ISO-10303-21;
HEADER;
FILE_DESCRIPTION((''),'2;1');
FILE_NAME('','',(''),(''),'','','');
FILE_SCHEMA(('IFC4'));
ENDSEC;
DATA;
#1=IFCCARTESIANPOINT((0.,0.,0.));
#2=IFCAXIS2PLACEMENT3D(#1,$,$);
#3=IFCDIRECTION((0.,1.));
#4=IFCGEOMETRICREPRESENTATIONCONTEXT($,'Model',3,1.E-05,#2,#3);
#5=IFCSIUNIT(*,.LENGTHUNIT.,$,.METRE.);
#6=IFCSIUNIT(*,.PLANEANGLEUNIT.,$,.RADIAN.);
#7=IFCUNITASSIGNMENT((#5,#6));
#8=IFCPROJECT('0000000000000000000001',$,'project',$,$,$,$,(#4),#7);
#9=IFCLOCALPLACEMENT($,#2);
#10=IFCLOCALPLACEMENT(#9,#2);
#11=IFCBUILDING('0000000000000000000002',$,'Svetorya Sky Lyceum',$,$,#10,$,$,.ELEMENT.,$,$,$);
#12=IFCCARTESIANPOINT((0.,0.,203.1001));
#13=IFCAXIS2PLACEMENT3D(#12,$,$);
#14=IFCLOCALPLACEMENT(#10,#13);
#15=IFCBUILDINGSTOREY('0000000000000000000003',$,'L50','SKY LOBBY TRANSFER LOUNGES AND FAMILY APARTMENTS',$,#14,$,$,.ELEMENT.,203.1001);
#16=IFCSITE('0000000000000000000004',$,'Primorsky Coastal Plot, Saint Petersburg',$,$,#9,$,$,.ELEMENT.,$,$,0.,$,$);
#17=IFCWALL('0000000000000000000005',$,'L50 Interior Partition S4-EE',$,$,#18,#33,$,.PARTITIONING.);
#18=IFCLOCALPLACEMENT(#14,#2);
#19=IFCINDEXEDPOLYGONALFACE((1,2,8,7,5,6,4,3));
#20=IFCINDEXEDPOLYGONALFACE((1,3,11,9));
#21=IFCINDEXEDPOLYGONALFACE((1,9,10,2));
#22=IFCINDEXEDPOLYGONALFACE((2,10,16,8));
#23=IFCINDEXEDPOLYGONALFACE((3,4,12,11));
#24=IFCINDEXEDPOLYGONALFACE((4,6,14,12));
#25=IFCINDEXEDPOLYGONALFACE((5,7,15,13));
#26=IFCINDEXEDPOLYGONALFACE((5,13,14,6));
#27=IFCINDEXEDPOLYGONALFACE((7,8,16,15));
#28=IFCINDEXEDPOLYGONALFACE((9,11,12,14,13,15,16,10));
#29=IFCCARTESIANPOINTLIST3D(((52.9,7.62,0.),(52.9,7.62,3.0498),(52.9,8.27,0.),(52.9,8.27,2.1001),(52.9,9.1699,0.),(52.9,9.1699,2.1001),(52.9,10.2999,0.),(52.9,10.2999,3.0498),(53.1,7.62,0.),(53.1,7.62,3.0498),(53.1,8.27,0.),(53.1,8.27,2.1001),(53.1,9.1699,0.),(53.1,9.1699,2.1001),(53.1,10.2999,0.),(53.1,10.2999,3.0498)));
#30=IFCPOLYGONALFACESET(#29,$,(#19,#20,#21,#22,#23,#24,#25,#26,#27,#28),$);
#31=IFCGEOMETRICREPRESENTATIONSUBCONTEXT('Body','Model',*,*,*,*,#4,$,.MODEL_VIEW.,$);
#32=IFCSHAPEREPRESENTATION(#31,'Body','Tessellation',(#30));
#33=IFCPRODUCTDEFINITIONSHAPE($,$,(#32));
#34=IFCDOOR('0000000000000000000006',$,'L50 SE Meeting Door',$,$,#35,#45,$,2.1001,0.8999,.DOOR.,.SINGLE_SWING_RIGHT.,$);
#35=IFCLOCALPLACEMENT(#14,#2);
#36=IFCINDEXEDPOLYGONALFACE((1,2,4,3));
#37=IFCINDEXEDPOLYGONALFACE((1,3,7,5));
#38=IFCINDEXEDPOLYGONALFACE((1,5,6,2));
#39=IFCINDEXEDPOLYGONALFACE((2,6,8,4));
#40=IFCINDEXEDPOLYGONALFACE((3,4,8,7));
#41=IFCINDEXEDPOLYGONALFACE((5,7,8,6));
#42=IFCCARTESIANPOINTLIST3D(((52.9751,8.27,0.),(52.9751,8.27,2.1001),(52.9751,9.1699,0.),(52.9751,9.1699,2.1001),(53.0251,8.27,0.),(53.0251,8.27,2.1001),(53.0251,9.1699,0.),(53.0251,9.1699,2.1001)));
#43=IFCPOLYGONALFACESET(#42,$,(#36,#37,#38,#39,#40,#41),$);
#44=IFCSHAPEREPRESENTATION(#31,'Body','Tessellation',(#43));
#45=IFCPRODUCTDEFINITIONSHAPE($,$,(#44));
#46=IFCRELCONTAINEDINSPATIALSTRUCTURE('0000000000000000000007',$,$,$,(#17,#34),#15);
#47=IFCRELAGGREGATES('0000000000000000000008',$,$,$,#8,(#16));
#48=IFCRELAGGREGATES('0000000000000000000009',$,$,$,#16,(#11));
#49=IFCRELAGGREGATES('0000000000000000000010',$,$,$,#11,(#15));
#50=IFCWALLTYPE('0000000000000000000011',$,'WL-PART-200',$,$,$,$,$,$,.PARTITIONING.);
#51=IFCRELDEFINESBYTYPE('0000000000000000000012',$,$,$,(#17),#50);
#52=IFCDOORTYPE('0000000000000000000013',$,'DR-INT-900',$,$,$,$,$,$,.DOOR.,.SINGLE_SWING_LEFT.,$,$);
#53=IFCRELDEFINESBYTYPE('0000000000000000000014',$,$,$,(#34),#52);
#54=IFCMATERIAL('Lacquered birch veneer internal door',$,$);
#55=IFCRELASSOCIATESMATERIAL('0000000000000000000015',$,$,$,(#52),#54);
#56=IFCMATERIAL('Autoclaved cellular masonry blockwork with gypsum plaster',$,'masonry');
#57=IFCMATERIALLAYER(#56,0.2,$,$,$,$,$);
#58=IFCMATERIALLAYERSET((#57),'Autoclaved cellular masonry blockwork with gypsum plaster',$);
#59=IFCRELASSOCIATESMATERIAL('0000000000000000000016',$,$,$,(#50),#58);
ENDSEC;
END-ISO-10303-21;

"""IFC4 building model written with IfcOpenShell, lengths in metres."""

from ifc_helpers import new_model, si_unit, direction, frame, frame_2d, origin, place, context, subcontext, project, spatial, rectangle, extrude, material, layer, layer_set, type_object, element, fill, save


model = new_model("IFC4")

# Units and contexts
model_context = context("Model", 3, precision=1e-05, world=origin(), true_north=direction((0.0, 1.0)))
body_context = subcontext(model_context, "Body", "Model", "MODEL_VIEW")
ifc_project = project(units=[si_unit("LENGTHUNIT", "METRE"), si_unit("PLANEANGLEUNIT", "RADIAN")], contexts=[model_context])

# Site, building, storey
site_placement = place(None, origin())
site = spatial("IfcSite", under=ifc_project, at=site_placement, Name="Primorsky Coastal Plot, Saint Petersburg", CompositionType="ELEMENT", RefElevation=0.0)
building_placement = place(site_placement, origin())
building = spatial("IfcBuilding", under=site, at=building_placement, Name="Svetorya Sky Lyceum", CompositionType="ELEMENT")
storey_placement = place(building_placement, frame((0.0, 0.0, 203.1001)))
storey = spatial("IfcBuildingStorey", under=building, at=storey_placement, Name="L50", Description="SKY LOBBY TRANSFER LOUNGES AND FAMILY APARTMENTS", CompositionType="ELEMENT", Elevation=203.1001)

# Shared definitions
ifc_material_1 = material(Name="Lacquered birch veneer internal door")
door_type_1 = type_object("IfcDoorType", Name="DR-INT-900", OperationType="SINGLE_SWING_LEFT", PredefinedType="DOOR", material=ifc_material_1)
ifc_material_2 = material(Name="Autoclaved cellular masonry blockwork with gypsum plaster", Category="masonry")
ifc_layer_1 = layer(ifc_material_2, 0.2)
ifc_layer_set_1 = layer_set([ifc_layer_1], Name="Autoclaved cellular masonry blockwork with gypsum plaster")
wall_type_1 = type_object("IfcWallType", Name="WL-PART-200", PredefinedType="PARTITIONING", material=ifc_layer_set_1)

# Wall, opening, door
wall_1_placement = place(storey_placement, frame((53.0, 7.6201, 0.0), z_axis=(0.0, 0.0, 1.0), x_axis=(0.0, 1.0, 0.0)))
wall_1 = element("IfcWall", 1, at=wall_1_placement, inside=storey, type_object=wall_type_1, Name="L50 Interior Partition S4-EE", PredefinedType="PARTITIONING", context=body_context, shape_type="SweptSolid", body=[
    extrude(rectangle(XDim=2.6799, YDim=0.2, at=frame_2d((1.3398, 0.0))), origin(), (0.0, 0.0, 1.0), 3.0498),
])
opening_1_placement = place(wall_1_placement, frame((0.6499, 0.0, 0.0)))
opening_1 = element("IfcOpeningElement", 2, at=opening_1_placement, cuts=wall_1, PredefinedType="OPENING", context=body_context, shape_type="SweptSolid", body=[
    extrude(rectangle(XDim=0.8999, YDim=2.1001, at=frame_2d((0.45, 1.05))), frame((0.0, 0.1099, 0.0), z_axis=(0.0, -1.0, 0.0), x_axis=(1.0, 0.0, 0.0)), (0.0, 0.0, 1.0), 0.22),
])
door_1_placement = place(opening_1_placement, origin())
door_1 = element("IfcDoor", 3, at=door_1_placement, inside=storey, type_object=door_type_1, Name="L50 SE Meeting Door", OperationType="SINGLE_SWING_RIGHT", OverallHeight=2.1001, OverallWidth=0.8999, PredefinedType="DOOR", context=body_context, shape_type="SweptSolid", body=[
    extrude(rectangle(XDim=0.8999, YDim=2.1001, at=frame_2d((0.45, 1.05))), frame((0.0, 0.0249, 0.0), z_axis=(0.0, -1.0, 0.0), x_axis=(1.0, 0.0, 0.0)), (0.0, 0.0, 1.0), 0.05),
])
fill(opening_1, door_1)

save(model, "model.ifc")
